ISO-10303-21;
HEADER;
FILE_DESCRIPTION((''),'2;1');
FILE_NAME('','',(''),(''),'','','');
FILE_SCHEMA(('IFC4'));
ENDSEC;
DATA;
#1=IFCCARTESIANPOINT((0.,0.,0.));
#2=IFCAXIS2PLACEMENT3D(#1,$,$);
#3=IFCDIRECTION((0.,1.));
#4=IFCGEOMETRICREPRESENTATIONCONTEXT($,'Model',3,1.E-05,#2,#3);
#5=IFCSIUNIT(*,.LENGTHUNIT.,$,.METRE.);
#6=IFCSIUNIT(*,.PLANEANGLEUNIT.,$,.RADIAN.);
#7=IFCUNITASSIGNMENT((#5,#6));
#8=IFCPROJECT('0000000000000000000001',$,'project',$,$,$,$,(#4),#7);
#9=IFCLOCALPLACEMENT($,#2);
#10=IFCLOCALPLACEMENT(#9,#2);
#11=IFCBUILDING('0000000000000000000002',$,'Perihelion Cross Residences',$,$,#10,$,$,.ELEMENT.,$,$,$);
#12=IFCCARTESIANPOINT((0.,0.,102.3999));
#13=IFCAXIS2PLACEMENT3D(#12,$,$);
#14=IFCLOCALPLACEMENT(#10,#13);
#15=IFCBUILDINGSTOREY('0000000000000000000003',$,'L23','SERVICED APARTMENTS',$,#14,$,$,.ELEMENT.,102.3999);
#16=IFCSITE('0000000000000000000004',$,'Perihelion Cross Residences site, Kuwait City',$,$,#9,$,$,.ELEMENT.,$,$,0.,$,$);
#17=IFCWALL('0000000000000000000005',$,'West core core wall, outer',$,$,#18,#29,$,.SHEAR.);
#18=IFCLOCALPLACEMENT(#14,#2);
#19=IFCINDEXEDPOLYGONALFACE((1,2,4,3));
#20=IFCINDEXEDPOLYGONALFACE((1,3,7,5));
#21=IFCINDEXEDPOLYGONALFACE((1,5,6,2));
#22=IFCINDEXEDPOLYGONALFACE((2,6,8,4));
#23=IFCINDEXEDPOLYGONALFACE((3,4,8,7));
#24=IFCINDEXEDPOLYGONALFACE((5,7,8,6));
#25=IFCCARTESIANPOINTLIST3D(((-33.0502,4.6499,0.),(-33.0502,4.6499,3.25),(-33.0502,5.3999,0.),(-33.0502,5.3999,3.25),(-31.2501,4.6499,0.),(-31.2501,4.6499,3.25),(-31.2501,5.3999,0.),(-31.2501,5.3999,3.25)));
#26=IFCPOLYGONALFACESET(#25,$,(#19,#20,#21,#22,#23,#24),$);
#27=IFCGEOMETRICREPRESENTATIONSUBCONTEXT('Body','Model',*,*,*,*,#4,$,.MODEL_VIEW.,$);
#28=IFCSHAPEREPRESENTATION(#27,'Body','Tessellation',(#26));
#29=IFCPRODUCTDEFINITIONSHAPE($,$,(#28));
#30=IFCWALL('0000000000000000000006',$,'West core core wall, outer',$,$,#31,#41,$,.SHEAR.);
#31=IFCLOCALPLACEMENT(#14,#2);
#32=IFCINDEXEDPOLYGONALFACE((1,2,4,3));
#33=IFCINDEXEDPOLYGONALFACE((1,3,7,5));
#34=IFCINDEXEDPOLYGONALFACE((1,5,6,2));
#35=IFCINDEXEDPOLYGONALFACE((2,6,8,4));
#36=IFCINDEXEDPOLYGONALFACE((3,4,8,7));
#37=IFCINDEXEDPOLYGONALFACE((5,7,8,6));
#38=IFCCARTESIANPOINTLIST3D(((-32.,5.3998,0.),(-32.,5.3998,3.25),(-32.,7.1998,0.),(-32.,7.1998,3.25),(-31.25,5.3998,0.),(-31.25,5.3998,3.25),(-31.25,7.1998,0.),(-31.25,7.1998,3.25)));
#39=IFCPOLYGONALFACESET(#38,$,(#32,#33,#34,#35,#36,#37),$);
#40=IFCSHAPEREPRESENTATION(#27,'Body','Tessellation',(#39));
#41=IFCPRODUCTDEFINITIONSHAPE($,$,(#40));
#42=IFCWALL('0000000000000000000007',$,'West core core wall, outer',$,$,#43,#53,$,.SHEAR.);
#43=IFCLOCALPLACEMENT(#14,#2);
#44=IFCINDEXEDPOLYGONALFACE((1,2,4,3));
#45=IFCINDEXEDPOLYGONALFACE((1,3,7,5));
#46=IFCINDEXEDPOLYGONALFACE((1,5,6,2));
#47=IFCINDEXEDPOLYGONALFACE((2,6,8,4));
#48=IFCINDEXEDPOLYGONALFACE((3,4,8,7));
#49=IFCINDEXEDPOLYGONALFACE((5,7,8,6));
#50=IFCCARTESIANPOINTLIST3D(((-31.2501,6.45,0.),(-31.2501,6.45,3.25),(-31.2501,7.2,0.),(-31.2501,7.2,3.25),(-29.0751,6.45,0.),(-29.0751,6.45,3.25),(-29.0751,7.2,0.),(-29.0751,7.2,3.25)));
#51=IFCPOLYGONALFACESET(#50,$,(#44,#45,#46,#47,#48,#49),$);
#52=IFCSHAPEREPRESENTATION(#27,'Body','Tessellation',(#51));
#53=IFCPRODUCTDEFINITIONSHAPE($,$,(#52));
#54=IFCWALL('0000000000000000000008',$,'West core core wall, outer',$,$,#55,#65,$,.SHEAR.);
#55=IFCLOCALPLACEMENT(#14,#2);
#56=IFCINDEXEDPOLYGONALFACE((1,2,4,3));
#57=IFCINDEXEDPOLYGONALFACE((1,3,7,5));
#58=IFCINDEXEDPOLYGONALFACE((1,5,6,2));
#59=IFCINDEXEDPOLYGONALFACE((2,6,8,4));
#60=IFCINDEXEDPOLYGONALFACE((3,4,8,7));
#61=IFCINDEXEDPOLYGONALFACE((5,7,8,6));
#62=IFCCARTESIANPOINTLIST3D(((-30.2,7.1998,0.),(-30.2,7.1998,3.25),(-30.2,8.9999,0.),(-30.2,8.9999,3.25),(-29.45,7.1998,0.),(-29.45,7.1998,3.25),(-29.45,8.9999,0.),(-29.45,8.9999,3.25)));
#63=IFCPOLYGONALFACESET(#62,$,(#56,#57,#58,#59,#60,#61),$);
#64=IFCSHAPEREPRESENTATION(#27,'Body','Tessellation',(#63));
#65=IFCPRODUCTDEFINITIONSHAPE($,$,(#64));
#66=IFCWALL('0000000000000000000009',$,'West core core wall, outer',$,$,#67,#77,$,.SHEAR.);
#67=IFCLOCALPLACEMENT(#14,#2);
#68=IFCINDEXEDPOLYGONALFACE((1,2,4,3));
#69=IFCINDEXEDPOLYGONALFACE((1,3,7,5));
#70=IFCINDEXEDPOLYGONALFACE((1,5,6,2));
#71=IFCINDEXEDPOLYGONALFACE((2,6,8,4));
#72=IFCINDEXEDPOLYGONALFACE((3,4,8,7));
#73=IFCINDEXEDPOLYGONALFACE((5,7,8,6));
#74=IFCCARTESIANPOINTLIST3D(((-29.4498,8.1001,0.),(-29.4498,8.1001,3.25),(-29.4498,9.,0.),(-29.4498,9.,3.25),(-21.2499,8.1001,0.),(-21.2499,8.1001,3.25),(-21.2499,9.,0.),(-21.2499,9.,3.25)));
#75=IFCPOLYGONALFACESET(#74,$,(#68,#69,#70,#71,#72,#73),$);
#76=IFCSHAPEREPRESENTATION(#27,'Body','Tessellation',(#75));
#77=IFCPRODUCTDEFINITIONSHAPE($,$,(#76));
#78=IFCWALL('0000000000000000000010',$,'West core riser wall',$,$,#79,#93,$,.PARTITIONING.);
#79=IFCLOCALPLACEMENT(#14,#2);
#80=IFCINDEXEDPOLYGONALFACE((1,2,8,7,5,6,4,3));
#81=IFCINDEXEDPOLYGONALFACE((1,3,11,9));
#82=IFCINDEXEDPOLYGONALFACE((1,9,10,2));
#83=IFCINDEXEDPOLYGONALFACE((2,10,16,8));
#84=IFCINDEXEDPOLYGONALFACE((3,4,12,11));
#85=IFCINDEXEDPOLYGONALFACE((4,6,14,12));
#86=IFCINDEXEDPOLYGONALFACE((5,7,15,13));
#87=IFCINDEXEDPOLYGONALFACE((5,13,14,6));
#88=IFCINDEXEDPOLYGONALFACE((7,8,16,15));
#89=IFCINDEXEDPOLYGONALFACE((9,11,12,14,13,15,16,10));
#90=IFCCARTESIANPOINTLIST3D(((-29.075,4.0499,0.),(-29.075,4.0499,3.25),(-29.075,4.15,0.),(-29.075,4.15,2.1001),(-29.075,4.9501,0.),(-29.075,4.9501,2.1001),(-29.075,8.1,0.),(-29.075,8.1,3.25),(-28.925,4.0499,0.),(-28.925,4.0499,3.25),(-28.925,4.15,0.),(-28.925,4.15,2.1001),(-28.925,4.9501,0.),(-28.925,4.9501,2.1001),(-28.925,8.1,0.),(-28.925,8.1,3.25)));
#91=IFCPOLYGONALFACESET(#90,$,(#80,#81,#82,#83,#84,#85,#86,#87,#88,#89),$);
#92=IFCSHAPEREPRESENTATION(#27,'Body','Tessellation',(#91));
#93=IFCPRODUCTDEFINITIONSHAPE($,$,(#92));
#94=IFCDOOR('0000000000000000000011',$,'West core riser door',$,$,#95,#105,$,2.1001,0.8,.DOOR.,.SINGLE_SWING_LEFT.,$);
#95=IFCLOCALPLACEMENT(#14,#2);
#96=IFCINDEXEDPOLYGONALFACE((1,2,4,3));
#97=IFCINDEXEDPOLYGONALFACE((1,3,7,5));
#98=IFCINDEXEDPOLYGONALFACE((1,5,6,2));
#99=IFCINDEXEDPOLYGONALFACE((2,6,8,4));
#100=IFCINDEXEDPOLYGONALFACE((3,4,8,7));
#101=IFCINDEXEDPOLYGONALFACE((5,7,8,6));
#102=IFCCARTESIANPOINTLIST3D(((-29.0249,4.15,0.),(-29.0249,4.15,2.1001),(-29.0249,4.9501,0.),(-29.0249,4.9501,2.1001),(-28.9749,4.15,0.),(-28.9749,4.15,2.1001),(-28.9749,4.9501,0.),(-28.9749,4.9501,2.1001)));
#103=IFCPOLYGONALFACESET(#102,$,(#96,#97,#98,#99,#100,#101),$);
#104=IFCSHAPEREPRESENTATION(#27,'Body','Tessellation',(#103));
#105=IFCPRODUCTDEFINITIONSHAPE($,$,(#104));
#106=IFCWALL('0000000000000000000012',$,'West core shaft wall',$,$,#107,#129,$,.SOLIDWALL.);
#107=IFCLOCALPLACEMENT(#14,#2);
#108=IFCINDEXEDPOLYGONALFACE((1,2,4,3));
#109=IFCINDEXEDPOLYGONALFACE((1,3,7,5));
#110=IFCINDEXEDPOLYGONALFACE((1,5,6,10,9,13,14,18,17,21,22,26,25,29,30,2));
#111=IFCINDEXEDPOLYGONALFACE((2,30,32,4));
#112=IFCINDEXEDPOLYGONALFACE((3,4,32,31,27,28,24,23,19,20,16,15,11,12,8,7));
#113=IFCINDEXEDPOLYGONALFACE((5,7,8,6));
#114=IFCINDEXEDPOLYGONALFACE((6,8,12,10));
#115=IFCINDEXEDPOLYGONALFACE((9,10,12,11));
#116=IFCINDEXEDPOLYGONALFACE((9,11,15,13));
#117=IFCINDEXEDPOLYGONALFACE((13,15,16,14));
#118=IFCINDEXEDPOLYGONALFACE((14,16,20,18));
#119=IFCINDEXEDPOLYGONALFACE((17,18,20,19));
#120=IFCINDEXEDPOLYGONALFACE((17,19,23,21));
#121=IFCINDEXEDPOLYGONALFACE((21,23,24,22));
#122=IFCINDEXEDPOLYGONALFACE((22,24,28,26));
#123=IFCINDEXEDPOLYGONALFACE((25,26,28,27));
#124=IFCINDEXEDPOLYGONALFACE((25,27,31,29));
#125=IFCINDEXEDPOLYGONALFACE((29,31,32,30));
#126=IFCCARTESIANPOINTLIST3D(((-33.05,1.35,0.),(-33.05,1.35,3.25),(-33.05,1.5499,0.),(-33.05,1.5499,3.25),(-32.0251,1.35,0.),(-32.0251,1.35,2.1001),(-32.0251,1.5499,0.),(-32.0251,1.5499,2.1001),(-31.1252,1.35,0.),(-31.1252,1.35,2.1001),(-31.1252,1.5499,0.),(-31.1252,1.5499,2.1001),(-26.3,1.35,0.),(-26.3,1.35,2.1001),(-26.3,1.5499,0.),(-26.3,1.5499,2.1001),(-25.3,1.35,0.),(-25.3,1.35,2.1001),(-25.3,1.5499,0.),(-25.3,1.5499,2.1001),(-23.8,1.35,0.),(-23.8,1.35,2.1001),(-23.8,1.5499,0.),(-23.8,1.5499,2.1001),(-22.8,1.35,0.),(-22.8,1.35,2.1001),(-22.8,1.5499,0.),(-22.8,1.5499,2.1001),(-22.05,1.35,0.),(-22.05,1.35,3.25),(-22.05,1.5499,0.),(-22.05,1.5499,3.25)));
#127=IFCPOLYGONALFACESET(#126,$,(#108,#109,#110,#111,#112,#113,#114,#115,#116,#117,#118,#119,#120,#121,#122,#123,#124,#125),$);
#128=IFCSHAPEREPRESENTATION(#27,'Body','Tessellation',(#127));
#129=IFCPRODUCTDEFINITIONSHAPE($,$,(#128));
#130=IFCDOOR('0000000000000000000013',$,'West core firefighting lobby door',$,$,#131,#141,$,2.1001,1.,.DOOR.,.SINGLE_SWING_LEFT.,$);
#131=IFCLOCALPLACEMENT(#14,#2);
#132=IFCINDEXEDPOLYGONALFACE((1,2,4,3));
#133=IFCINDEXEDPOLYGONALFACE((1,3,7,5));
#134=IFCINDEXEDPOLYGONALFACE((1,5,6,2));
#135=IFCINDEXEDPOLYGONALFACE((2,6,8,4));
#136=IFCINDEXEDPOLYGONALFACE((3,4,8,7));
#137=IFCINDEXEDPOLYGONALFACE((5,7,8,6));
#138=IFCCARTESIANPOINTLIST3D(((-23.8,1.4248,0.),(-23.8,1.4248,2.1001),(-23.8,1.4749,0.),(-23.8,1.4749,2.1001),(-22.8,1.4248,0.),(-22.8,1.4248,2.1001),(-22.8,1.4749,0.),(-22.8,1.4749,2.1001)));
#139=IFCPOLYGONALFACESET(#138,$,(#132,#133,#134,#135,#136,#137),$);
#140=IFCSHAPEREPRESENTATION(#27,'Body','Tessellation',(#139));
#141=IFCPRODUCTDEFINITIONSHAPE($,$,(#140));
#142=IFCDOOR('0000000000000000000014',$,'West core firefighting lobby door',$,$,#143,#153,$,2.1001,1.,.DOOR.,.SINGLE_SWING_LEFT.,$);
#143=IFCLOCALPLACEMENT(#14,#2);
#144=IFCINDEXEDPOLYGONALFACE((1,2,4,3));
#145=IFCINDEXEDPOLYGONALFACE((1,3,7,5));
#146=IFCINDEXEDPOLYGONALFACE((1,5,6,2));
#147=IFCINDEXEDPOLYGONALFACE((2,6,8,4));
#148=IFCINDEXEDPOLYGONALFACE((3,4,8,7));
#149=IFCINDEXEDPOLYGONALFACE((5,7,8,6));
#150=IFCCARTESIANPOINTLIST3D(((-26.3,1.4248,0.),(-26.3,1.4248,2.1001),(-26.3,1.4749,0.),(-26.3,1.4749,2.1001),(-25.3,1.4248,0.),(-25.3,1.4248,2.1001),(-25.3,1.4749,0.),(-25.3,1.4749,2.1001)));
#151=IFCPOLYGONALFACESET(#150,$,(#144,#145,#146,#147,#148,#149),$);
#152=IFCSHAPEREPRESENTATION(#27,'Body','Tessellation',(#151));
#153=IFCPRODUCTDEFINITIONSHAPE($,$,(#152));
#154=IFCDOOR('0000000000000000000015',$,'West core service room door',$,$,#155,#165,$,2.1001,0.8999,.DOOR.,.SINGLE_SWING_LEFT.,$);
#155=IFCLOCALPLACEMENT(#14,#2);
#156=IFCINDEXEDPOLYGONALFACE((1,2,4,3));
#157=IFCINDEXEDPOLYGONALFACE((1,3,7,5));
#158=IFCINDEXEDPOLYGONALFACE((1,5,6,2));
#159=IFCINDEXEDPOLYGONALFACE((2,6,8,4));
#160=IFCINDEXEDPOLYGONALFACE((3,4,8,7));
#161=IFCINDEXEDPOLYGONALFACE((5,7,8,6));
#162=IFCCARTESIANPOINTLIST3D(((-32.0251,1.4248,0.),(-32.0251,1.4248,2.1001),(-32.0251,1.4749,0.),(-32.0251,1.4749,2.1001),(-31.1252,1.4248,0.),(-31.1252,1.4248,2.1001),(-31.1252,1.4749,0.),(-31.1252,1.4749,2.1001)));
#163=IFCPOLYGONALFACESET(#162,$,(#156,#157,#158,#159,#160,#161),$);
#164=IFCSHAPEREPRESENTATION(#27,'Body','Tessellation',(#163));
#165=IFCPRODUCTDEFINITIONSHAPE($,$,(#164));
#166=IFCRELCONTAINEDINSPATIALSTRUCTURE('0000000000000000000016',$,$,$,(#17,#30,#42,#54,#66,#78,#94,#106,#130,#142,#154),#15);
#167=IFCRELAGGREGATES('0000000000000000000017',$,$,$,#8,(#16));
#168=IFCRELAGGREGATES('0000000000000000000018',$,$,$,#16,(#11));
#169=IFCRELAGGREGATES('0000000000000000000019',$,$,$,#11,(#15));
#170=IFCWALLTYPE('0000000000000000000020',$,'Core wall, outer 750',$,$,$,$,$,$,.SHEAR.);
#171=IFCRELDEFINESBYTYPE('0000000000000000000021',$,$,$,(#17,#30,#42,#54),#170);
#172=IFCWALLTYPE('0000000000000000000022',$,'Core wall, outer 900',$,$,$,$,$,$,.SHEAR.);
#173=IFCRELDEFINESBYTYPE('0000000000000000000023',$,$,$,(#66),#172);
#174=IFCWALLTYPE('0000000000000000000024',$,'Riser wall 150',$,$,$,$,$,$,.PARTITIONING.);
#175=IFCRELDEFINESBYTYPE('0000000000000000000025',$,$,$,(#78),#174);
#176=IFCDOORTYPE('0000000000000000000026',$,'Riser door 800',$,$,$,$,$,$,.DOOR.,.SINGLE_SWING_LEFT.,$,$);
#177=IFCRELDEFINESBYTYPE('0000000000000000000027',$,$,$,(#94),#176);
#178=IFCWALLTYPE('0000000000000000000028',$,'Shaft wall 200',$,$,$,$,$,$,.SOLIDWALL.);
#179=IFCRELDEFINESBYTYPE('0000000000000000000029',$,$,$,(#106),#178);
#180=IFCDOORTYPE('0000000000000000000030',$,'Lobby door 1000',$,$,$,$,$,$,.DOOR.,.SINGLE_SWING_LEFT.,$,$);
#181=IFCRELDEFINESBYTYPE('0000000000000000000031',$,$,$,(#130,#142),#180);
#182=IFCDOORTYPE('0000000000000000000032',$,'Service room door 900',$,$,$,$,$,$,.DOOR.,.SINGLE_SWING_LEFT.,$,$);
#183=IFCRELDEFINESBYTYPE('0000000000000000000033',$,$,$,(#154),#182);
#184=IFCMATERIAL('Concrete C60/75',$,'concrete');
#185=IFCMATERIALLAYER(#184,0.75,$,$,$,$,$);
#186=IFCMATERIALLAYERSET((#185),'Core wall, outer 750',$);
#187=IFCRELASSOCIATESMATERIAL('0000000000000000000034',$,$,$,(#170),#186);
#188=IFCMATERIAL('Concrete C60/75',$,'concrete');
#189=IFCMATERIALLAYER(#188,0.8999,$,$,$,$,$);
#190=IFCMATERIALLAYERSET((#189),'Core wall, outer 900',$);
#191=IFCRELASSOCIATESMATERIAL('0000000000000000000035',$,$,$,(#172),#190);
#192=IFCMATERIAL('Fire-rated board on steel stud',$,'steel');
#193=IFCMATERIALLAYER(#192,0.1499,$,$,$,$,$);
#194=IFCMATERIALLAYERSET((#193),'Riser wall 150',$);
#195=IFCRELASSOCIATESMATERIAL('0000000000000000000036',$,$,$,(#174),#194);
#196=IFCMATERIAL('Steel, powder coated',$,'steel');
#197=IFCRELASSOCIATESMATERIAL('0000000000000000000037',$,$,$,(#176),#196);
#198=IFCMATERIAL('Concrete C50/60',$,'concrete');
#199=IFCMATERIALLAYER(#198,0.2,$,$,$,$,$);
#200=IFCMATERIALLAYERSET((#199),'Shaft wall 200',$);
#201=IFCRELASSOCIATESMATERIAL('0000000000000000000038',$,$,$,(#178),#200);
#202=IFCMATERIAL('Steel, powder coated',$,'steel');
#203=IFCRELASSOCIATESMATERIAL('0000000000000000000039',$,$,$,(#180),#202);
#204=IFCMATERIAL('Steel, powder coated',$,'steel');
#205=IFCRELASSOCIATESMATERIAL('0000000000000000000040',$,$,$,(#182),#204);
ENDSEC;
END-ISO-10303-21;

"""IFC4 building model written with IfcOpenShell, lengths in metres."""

from ifc_helpers import new_model, si_unit, direction, frame, frame_2d, origin, place, context, subcontext, project, spatial, rectangle, extrude, material, layer, layer_set, type_object, element, fill, save


model = new_model("IFC4")

# Units and contexts
model_context = context("Model", 3, precision=1e-05, world=origin(), true_north=direction((0.0, 1.0)))
body_context = subcontext(model_context, "Body", "Model", "MODEL_VIEW")
ifc_project = project(units=[si_unit("LENGTHUNIT", "METRE"), si_unit("PLANEANGLEUNIT", "RADIAN")], contexts=[model_context])

# Site, building, storey
site_placement = place(None, origin())
site = spatial("IfcSite", under=ifc_project, at=site_placement, Name="Perihelion Cross Residences site, Kuwait City", CompositionType="ELEMENT", RefElevation=0.0)
building_placement = place(site_placement, origin())
building = spatial("IfcBuilding", under=site, at=building_placement, Name="Perihelion Cross Residences", CompositionType="ELEMENT")
storey_placement = place(building_placement, frame((0.0, 0.0, 102.3999)))
storey = spatial("IfcBuildingStorey", under=building, at=storey_placement, Name="L23", Description="SERVICED APARTMENTS", CompositionType="ELEMENT", Elevation=102.3999)

# Walls
ifc_material_1 = material(Name="Concrete C60/75", Category="concrete")
ifc_layer_1 = layer(ifc_material_1, 0.75)
ifc_layer_set_1 = layer_set([ifc_layer_1], Name="Core wall, outer 750")
wall_type_1 = type_object("IfcWallType", Name="Core wall, outer 750", PredefinedType="SHEAR", material=ifc_layer_set_1)
for number, where, z_axis, x_axis, name in (
    (1, (-33.05, 5.0249, 0.0), (0.0, 0.0, 1.0), (1.0, 0.0, 0.0), "West core core wall, outer"),
    (2, (-31.625, 5.3999, 0.0), (0.0, 0.0, 1.0), (0.0, 1.0, 0.0), "West core core wall, outer"),
):
    element("IfcWall", number, at=place(storey_placement, frame(where, z_axis=z_axis, x_axis=x_axis)), inside=storey, type_object=wall_type_1, Name=name, PredefinedType="SHEAR", context=body_context, shape_type="SweptSolid", body=[
        extrude(rectangle(XDim=1.8, YDim=0.75, at=frame_2d((0.8999, 0.0))), origin(), (0.0, 0.0, 1.0), 3.25),
    ])
wall_1_placement = place(storey_placement, frame((-31.25, 6.825, 0.0), z_axis=(0.0, 0.0, 1.0), x_axis=(1.0, 0.0, 0.0)))
element("IfcWall", 3, at=wall_1_placement, inside=storey, type_object=wall_type_1, Name="West core core wall, outer", PredefinedType="SHEAR", context=body_context, shape_type="SweptSolid", body=[
    extrude(rectangle(XDim=2.175, YDim=0.75, at=frame_2d((1.0874, 0.0))), origin(), (0.0, 0.0, 1.0), 3.25),
])
wall_2_placement = place(storey_placement, frame((-29.825, 7.2, 0.0), z_axis=(0.0, 0.0, 1.0), x_axis=(0.0, 1.0, 0.0)))
element("IfcWall", 4, at=wall_2_placement, inside=storey, type_object=wall_type_1, Name="West core core wall, outer", PredefinedType="SHEAR", context=body_context, shape_type="SweptSolid", body=[
    extrude(rectangle(XDim=1.8, YDim=0.75, at=frame_2d((0.8999, 0.0))), origin(), (0.0, 0.0, 1.0), 3.25),
])
ifc_material_2 = material(Name="Concrete C60/75", Category="concrete")
ifc_layer_2 = layer(ifc_material_2, 0.8999)
ifc_layer_set_2 = layer_set([ifc_layer_2], Name="Core wall, outer 900")
wall_type_2 = type_object("IfcWallType", Name="Core wall, outer 900", PredefinedType="SHEAR", material=ifc_layer_set_2)
wall_3_placement = place(storey_placement, frame((-29.45, 8.55, 0.0), z_axis=(0.0, 0.0, 1.0), x_axis=(1.0, 0.0, 0.0)))
element("IfcWall", 5, at=wall_3_placement, inside=storey, type_object=wall_type_2, Name="West core core wall, outer", PredefinedType="SHEAR", context=body_context, shape_type="SweptSolid", body=[
    extrude(rectangle(XDim=8.2, YDim=0.8999, at=frame_2d((4.1001, 0.0))), origin(), (0.0, 0.0, 1.0), 3.25),
])

# Wall, opening, door
ifc_material_3 = material(Name="Fire-rated board on steel stud", Category="steel")
ifc_layer_3 = layer(ifc_material_3, 0.1499)
ifc_layer_set_3 = layer_set([ifc_layer_3], Name="Riser wall 150")
wall_type_3 = type_object("IfcWallType", Name="Riser wall 150", PredefinedType="PARTITIONING", material=ifc_layer_set_3)
wall_4_placement = place(storey_placement, frame((-29.0, 4.05, 0.0), z_axis=(0.0, 0.0, 1.0), x_axis=(0.0, 1.0, 0.0)))
wall_4 = element("IfcWall", 6, at=wall_4_placement, inside=storey, type_object=wall_type_3, Name="West core riser wall", PredefinedType="PARTITIONING", context=body_context, shape_type="SweptSolid", body=[
    extrude(rectangle(XDim=4.05, YDim=0.1499, at=frame_2d((2.0249, 0.0))), origin(), (0.0, 0.0, 1.0), 3.25),
])
opening_1_placement = place(wall_4_placement, frame((0.1001, 0.0, 0.0)))
opening_1 = element("IfcOpeningElement", 7, at=opening_1_placement, cuts=wall_4, PredefinedType="OPENING", context=body_context, shape_type="SweptSolid", body=[
    extrude(rectangle(XDim=0.8, YDim=2.1001, at=frame_2d((0.3999, 1.05))), frame((0.0, 0.085, 0.0), z_axis=(0.0, -1.0, 0.0), x_axis=(1.0, 0.0, 0.0)), (0.0, 0.0, 1.0), 0.1699),
])
ifc_material_4 = material(Name="Steel, powder coated", Category="steel")
door_type_1 = type_object("IfcDoorType", Name="Riser door 800", OperationType="SINGLE_SWING_LEFT", PredefinedType="DOOR", material=ifc_material_4)
door_1_placement = place(opening_1_placement, origin())
door_1 = element("IfcDoor", 8, at=door_1_placement, inside=storey, type_object=door_type_1, Name="West core riser door", OperationType="SINGLE_SWING_LEFT", OverallHeight=2.1001, OverallWidth=0.8, PredefinedType="DOOR", context=body_context, shape_type="SweptSolid", body=[
    extrude(rectangle(XDim=0.8, YDim=2.1001, at=frame_2d((0.3999, 1.05))), frame((0.0, 0.0249, 0.0), z_axis=(0.0, -1.0, 0.0), x_axis=(1.0, 0.0, 0.0)), (0.0, 0.0, 1.0), 0.05),
])
fill(opening_1, door_1)

# Wall, openings, doors
ifc_material_5 = material(Name="Concrete C50/60", Category="concrete")
ifc_layer_4 = layer(ifc_material_5, 0.2)
ifc_layer_set_4 = layer_set([ifc_layer_4], Name="Shaft wall 200")
wall_type_4 = type_object("IfcWallType", Name="Shaft wall 200", PredefinedType="SOLIDWALL", material=ifc_layer_set_4)
wall_5_placement = place(storey_placement, frame((-33.05, 1.45, 0.0), z_axis=(0.0, 0.0, 1.0), x_axis=(1.0, 0.0, 0.0)))
wall_5 = element("IfcWall", 9, at=wall_5_placement, inside=storey, type_object=wall_type_4, Name="West core shaft wall", PredefinedType="SOLIDWALL", context=body_context, shape_type="SweptSolid", body=[
    extrude(rectangle(XDim=11.0, YDim=0.2, at=frame_2d((5.5, 0.0))), origin(), (0.0, 0.0, 1.0), 3.25),
])
opening_2_placement = place(wall_5_placement, frame((9.25, 0.0, 0.0)))
opening_2 = element("IfcOpeningElement", 10, at=opening_2_placement, cuts=wall_5, PredefinedType="OPENING", context=body_context, shape_type="SweptSolid", body=[
    extrude(rectangle(XDim=1.0, YDim=2.1001, at=frame_2d((0.5, 1.05))), frame((0.0, 0.1099, 0.0), z_axis=(0.0, -1.0, 0.0), x_axis=(1.0, 0.0, 0.0)), (0.0, 0.0, 1.0), 0.22),
])
opening_3_placement = place(wall_5_placement, frame((6.75, 0.0, 0.0)))
opening_3 = element("IfcOpeningElement", 11, at=opening_3_placement, cuts=wall_5, PredefinedType="OPENING", context=body_context, shape_type="SweptSolid", body=[
    extrude(rectangle(XDim=1.0, YDim=2.1001, at=frame_2d((0.5, 1.05))), frame((0.0, 0.1099, 0.0), z_axis=(0.0, -1.0, 0.0), x_axis=(1.0, 0.0, 0.0)), (0.0, 0.0, 1.0), 0.22),
])
opening_4_placement = place(wall_5_placement, frame((1.0249, 0.0, 0.0)))
opening_4 = element("IfcOpeningElement", 12, at=opening_4_placement, cuts=wall_5, PredefinedType="OPENING", context=body_context, shape_type="SweptSolid", body=[
    extrude(rectangle(XDim=0.8999, YDim=2.1001, at=frame_2d((0.45, 1.05))), frame((0.0, 0.1099, 0.0), z_axis=(0.0, -1.0, 0.0), x_axis=(1.0, 0.0, 0.0)), (0.0, 0.0, 1.0), 0.22),
])
ifc_material_6 = material(Name="Steel, powder coated", Category="steel")
door_type_2 = type_object("IfcDoorType", Name="Lobby door 1000", OperationType="SINGLE_SWING_LEFT", PredefinedType="DOOR", material=ifc_material_6)
door_2_placement = place(opening_2_placement, origin())
door_2 = element("IfcDoor", 13, at=door_2_placement, inside=storey, type_object=door_type_2, Name="West core firefighting lobby door", OperationType="SINGLE_SWING_LEFT", OverallHeight=2.1001, OverallWidth=1.0, PredefinedType="DOOR", context=body_context, shape_type="SweptSolid", body=[
    extrude(rectangle(XDim=1.0, YDim=2.1001, at=frame_2d((0.5, 1.05))), frame((0.0, 0.0249, 0.0), z_axis=(0.0, -1.0, 0.0), x_axis=(1.0, 0.0, 0.0)), (0.0, 0.0, 1.0), 0.05),
])
fill(opening_2, door_2)
door_3_placement = place(opening_3_placement, origin())
door_3 = element("IfcDoor", 14, at=door_3_placement, inside=storey, type_object=door_type_2, Name="West core firefighting lobby door", OperationType="SINGLE_SWING_LEFT", OverallHeight=2.1001, OverallWidth=1.0, PredefinedType="DOOR", context=body_context, shape_type="SweptSolid", body=[
    extrude(rectangle(XDim=1.0, YDim=2.1001, at=frame_2d((0.5, 1.05))), frame((0.0, 0.0249, 0.0), z_axis=(0.0, -1.0, 0.0), x_axis=(1.0, 0.0, 0.0)), (0.0, 0.0, 1.0), 0.05),
])
fill(opening_3, door_3)
ifc_material_7 = material(Name="Steel, powder coated", Category="steel")
door_type_3 = type_object("IfcDoorType", Name="Service room door 900", OperationType="SINGLE_SWING_LEFT", PredefinedType="DOOR", material=ifc_material_7)
door_4_placement = place(opening_4_placement, origin())
door_4 = element("IfcDoor", 15, at=door_4_placement, inside=storey, type_object=door_type_3, Name="West core service room door", OperationType="SINGLE_SWING_LEFT", OverallHeight=2.1001, OverallWidth=0.8999, PredefinedType="DOOR", context=body_context, shape_type="SweptSolid", body=[
    extrude(rectangle(XDim=0.8999, YDim=2.1001, at=frame_2d((0.45, 1.05))), frame((0.0, 0.0249, 0.0), z_axis=(0.0, -1.0, 0.0), x_axis=(1.0, 0.0, 0.0)), (0.0, 0.0, 1.0), 0.05),
])
fill(opening_4, door_4)

save(model, "model.ifc")
